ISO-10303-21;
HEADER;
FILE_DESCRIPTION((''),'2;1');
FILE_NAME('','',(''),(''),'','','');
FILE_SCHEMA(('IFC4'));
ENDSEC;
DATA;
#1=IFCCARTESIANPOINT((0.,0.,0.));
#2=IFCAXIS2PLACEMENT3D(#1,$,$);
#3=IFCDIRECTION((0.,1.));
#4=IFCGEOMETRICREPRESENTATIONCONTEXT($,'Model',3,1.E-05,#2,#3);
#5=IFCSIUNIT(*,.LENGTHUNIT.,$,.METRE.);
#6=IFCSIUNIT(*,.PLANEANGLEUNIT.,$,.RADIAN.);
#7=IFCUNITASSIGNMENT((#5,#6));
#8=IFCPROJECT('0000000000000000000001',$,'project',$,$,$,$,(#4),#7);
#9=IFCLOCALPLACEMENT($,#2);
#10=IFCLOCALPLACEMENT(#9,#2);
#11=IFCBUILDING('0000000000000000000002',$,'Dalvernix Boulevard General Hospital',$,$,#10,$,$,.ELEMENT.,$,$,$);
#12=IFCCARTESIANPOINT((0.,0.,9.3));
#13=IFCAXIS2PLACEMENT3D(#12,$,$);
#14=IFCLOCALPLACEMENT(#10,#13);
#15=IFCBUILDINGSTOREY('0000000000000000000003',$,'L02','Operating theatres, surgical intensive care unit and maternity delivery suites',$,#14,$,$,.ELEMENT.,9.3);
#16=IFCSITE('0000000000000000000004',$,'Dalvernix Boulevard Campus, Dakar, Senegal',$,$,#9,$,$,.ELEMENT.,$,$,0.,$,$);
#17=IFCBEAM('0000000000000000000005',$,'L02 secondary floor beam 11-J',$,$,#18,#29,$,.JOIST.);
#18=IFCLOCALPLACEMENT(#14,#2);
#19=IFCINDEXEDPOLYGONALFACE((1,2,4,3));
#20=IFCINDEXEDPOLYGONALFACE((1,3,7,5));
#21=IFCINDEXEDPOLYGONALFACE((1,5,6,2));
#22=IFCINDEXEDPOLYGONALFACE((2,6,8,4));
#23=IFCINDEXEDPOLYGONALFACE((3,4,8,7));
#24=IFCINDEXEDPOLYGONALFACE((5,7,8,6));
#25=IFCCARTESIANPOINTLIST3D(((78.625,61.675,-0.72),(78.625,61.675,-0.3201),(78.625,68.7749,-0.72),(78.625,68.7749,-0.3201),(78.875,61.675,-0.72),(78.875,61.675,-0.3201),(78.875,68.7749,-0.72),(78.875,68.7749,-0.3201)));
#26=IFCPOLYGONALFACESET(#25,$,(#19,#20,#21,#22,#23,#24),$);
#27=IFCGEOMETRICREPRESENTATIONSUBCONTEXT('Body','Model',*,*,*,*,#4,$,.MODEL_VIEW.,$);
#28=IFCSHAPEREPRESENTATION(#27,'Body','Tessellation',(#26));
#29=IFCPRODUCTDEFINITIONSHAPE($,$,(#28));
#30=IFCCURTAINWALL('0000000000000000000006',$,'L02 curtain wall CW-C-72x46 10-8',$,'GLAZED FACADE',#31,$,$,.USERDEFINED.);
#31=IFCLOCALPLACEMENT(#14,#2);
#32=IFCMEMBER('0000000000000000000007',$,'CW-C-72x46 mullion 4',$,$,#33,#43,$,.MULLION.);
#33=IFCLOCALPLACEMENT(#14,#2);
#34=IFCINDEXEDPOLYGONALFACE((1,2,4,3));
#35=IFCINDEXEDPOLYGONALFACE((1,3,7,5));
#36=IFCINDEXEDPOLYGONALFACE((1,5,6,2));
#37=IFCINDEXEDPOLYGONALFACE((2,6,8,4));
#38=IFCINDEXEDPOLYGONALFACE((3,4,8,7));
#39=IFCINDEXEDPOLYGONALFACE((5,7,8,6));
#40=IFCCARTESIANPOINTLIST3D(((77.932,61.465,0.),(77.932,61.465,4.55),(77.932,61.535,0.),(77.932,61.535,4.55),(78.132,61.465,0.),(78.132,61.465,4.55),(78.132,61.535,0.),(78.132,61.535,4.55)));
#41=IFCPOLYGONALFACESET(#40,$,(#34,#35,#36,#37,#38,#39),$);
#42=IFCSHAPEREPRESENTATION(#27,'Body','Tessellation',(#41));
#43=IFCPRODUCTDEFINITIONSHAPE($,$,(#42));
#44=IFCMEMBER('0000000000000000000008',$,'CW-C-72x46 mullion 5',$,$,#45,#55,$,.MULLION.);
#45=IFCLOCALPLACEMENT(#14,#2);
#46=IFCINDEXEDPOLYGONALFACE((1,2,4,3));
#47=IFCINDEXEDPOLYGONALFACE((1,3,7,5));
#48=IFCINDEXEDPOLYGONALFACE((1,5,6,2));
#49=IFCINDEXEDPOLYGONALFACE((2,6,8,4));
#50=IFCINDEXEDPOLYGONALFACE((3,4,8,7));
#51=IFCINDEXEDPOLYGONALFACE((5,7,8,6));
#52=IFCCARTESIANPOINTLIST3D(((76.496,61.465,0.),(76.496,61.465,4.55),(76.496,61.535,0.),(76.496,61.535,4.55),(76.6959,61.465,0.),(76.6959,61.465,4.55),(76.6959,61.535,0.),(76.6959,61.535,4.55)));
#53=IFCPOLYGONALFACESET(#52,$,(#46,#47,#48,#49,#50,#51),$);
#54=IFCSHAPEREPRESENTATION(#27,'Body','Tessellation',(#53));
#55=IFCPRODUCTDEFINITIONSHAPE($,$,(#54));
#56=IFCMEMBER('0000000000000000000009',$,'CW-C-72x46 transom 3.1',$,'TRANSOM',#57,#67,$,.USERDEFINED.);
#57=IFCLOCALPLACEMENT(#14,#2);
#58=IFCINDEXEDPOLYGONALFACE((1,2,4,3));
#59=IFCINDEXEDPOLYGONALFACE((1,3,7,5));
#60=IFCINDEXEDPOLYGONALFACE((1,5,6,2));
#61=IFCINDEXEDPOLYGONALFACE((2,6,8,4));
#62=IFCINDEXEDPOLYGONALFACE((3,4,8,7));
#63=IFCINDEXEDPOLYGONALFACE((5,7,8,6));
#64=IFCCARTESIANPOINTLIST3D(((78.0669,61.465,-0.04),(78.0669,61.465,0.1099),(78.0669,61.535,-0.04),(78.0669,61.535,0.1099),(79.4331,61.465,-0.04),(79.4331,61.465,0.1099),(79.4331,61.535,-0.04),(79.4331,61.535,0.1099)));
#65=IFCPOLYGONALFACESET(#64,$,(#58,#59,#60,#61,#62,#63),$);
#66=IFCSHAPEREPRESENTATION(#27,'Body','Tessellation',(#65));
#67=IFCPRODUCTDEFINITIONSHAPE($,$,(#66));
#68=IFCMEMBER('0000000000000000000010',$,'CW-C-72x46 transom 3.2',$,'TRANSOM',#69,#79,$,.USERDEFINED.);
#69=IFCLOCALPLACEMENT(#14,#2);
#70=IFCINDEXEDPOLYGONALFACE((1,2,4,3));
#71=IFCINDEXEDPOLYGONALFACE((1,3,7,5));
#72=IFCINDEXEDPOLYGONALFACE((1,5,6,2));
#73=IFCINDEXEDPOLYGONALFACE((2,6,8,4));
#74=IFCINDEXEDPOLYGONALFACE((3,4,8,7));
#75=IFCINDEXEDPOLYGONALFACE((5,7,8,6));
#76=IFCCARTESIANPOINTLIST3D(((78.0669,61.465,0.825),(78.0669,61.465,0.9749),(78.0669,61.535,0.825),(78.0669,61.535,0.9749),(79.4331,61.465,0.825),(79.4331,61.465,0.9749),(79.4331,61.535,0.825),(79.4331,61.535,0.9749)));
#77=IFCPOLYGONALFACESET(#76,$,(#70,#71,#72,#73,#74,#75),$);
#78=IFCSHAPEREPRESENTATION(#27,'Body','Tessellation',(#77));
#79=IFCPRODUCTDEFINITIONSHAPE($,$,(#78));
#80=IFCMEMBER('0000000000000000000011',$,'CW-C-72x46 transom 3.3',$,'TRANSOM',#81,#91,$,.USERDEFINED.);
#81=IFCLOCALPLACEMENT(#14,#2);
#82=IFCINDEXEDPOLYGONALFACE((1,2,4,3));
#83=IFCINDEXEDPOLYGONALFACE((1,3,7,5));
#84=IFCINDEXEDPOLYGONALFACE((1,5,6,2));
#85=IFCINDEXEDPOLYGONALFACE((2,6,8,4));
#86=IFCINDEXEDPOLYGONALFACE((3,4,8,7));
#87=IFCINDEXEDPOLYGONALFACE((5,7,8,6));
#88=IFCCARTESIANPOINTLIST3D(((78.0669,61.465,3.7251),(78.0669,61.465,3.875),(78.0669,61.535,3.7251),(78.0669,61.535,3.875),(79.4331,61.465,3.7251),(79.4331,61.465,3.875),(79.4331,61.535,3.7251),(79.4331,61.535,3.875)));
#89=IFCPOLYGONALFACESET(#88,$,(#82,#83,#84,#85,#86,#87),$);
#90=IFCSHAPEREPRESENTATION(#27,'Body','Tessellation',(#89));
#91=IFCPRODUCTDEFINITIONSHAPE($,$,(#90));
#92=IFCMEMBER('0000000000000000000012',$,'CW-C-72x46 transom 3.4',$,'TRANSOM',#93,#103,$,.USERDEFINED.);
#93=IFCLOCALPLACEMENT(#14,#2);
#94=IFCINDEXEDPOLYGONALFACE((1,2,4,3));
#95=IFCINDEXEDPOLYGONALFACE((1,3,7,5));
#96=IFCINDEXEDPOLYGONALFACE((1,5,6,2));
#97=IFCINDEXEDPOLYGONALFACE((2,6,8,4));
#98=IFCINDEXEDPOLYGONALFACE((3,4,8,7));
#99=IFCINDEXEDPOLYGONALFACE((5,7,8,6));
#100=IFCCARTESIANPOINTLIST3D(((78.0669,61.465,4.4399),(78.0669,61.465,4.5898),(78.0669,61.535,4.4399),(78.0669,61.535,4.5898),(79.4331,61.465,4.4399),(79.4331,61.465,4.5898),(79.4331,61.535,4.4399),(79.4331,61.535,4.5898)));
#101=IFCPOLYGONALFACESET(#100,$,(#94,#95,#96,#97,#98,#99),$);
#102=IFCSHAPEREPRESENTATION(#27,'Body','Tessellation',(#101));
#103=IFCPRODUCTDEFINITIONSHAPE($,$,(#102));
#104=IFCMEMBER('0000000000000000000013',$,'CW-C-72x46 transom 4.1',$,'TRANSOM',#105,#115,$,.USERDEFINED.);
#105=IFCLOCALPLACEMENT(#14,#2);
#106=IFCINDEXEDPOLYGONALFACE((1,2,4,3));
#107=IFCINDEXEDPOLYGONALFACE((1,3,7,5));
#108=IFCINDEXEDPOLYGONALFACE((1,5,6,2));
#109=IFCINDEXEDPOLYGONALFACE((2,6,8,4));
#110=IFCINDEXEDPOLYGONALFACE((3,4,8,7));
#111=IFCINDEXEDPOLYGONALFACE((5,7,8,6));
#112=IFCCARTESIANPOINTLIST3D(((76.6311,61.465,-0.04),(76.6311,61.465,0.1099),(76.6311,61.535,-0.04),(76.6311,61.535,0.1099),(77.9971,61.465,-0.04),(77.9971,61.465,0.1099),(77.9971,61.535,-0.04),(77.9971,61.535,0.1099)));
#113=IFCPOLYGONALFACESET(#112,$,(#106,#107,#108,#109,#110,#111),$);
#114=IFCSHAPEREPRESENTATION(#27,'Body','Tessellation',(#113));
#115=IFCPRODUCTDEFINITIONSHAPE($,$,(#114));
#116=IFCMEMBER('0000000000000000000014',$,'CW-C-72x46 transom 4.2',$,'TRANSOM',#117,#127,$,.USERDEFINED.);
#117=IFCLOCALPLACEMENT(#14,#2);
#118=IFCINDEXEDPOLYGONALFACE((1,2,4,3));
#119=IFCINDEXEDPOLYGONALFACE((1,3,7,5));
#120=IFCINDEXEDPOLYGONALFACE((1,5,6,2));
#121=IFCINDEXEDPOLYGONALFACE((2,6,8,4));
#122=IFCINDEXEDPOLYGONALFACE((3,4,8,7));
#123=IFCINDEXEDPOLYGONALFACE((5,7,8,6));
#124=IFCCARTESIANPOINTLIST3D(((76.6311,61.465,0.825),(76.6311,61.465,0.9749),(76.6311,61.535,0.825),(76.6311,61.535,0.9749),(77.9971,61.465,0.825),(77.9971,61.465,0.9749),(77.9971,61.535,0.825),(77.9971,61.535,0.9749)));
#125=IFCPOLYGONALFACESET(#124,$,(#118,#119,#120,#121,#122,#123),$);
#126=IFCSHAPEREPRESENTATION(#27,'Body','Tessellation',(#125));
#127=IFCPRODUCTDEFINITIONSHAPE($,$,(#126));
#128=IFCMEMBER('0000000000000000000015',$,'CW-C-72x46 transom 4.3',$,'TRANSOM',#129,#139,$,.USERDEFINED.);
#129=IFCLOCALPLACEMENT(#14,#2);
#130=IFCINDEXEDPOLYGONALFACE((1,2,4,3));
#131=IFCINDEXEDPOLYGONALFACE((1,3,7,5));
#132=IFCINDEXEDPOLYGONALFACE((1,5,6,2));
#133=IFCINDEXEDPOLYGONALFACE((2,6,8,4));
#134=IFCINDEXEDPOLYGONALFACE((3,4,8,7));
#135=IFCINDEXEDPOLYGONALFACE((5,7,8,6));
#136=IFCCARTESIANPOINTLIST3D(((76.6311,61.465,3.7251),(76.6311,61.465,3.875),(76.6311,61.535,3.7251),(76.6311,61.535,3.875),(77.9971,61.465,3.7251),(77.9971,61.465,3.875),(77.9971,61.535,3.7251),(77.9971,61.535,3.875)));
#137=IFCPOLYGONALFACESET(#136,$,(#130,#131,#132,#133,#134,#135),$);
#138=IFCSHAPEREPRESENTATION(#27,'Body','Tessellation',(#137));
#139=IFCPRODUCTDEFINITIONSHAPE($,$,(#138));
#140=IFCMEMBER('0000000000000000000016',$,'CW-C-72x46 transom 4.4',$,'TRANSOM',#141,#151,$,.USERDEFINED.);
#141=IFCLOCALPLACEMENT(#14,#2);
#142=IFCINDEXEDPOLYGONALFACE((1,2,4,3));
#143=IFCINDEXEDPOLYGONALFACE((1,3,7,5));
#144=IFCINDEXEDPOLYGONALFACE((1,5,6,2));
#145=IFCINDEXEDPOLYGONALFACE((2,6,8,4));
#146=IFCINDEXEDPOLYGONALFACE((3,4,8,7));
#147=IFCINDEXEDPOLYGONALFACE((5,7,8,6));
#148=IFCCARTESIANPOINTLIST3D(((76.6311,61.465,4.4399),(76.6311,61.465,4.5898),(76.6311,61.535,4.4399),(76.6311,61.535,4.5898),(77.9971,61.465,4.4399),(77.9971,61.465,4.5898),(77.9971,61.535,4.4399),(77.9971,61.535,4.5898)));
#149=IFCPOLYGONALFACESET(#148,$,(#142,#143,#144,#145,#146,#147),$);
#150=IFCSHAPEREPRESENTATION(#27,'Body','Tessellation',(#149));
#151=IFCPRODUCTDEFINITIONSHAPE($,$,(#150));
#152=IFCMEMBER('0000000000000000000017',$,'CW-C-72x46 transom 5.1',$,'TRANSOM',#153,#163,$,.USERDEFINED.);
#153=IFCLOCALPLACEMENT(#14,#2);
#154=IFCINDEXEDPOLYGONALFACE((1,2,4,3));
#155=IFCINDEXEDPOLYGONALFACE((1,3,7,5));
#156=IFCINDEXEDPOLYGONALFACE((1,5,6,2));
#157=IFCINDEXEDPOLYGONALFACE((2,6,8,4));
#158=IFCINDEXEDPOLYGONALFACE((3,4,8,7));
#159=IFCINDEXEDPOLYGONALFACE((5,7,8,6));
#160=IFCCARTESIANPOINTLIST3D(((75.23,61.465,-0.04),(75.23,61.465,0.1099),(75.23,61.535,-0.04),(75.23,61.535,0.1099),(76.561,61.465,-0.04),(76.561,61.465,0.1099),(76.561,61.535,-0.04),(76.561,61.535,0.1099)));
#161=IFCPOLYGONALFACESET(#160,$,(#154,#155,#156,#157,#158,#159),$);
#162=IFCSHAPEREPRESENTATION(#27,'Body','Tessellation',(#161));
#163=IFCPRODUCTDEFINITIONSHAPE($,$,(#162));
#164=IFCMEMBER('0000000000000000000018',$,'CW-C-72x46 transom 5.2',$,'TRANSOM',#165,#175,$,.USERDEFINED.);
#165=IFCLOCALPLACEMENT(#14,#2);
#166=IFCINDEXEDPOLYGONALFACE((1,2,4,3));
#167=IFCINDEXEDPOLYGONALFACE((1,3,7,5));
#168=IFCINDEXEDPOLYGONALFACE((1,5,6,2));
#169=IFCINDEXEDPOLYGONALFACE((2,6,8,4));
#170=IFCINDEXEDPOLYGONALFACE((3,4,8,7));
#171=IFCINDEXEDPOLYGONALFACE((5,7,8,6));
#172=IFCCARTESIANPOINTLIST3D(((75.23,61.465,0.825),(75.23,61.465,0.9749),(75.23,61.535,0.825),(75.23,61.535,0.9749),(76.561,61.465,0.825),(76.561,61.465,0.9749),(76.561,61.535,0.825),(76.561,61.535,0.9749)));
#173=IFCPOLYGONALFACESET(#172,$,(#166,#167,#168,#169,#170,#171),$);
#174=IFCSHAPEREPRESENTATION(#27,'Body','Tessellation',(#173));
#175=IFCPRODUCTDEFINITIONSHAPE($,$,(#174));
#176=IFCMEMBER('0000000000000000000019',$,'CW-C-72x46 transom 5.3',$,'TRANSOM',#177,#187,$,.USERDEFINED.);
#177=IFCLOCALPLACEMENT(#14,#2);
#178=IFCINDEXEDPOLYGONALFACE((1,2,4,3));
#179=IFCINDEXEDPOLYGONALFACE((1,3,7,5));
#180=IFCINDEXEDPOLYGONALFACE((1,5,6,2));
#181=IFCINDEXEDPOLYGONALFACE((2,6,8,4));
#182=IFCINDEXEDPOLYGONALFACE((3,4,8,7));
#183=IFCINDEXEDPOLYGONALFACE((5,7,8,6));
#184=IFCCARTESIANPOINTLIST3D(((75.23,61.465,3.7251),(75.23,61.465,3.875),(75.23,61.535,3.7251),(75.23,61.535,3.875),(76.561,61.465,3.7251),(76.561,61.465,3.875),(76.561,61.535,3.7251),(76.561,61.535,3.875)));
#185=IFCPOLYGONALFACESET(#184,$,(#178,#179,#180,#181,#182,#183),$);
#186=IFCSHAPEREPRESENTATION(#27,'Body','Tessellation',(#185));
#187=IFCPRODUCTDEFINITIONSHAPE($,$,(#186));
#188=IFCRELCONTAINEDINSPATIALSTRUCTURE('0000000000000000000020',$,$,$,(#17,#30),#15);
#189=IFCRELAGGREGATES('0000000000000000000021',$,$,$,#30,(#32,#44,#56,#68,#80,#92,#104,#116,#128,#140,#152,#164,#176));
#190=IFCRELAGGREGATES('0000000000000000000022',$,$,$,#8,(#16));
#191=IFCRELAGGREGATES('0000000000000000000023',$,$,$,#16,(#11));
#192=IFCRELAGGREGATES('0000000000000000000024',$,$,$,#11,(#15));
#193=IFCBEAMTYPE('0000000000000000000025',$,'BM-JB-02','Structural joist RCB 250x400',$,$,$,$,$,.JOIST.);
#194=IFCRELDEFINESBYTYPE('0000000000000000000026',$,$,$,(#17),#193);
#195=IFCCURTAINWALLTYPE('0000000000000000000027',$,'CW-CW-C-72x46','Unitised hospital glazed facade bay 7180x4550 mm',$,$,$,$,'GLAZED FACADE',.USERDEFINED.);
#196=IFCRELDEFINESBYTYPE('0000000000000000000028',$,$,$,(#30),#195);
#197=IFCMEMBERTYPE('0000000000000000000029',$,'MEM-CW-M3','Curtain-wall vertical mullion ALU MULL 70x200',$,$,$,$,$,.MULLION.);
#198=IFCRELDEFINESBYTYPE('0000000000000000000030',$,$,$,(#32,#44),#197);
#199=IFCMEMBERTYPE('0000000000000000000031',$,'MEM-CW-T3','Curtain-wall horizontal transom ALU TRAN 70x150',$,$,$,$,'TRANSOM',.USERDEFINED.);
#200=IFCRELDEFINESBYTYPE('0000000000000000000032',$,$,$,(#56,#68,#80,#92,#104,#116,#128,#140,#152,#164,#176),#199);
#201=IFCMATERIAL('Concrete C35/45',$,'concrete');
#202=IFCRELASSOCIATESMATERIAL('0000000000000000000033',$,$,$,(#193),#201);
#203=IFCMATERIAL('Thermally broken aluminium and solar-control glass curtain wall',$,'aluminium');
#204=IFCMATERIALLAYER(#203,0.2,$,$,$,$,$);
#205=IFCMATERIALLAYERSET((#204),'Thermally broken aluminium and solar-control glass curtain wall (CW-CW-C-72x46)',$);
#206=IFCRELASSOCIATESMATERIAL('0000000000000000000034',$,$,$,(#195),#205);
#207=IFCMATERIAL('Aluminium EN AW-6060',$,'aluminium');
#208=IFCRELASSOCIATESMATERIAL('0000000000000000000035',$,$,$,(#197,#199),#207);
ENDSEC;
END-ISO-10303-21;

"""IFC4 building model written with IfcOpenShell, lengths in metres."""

from ifc_helpers import new_model, si_unit, direction, frame, origin, origin_2d, place, context, subcontext, project, spatial, rectangle, extrude, material, layer, layer_set, material_profile, profile_set, type_object, element, aggregate, save


model = new_model("IFC4")

# Units and contexts
model_context = context("Model", 3, precision=1e-05, world=origin(), true_north=direction((0.0, 1.0)))
body_context = subcontext(model_context, "Body", "Model", "MODEL_VIEW")
ifc_project = project(units=[si_unit("LENGTHUNIT", "METRE"), si_unit("PLANEANGLEUNIT", "RADIAN")], contexts=[model_context])

# Site, building, storey
site_placement = place(None, origin())
site = spatial("IfcSite", under=ifc_project, at=site_placement, Name="Dalvernix Boulevard Campus, Dakar, Senegal", CompositionType="ELEMENT", RefElevation=0.0)
building_placement = place(site_placement, origin())
building = spatial("IfcBuilding", under=site, at=building_placement, Name="Dalvernix Boulevard General Hospital", CompositionType="ELEMENT")
storey_placement = place(building_placement, frame((0.0, 0.0, 9.3)))
storey = spatial("IfcBuildingStorey", under=building, at=storey_placement, Name="L02", Description="Operating theatres, surgical intensive care unit and maternity delivery suites", CompositionType="ELEMENT", Elevation=9.3)

# Beam
ifc_material_1 = material(Name="Concrete C35/45", Category="concrete")
ifc_material_profile_1 = material_profile(ifc_material_1, rectangle(XDim=0.25, YDim=0.3999, at=origin_2d()), Name="RCB 250x400")
ifc_profile_set_1 = profile_set([ifc_material_profile_1], Name="Concrete C35/45")
beam_type = type_object("IfcBeamType", Name="BM-JB-02", Description="Structural joist RCB 250x400", PredefinedType="JOIST", material=ifc_profile_set_1)
beam_placement = place(storey_placement, frame((78.75, 61.675, -0.52), z_axis=(0.0, 1.0, 0.0), x_axis=(-1.0, 0.0, 0.0)))
element("IfcBeam", 1, at=beam_placement, inside=storey, type_object=beam_type, Name="L02 secondary floor beam 11-J", PredefinedType="JOIST", context=body_context, shape_type="SweptSolid", body=[
    extrude(rectangle(XDim=0.25, YDim=0.3999, at=origin_2d()), origin(), (0.0, 0.0, 1.0), 7.0999),
])

# Curtain wall, members
ifc_material_2 = material(Name="Thermally broken aluminium and solar-control glass curtain wall", Category="aluminium")
ifc_layer_1 = layer(ifc_material_2, 0.2)
ifc_layer_set_1 = layer_set([ifc_layer_1], Name="Thermally broken aluminium and solar-control glass curtain wall (CW-CW-C-72x46)")
curtain_wall_type = type_object("IfcCurtainWallType", Name="CW-CW-C-72x46", Description="Unitised hospital glazed facade bay 7180x4550 mm", ElementType="GLAZED FACADE", PredefinedType="USERDEFINED", material=ifc_layer_set_1)
curtain_wall_placement = place(storey_placement, origin())
curtain_wall = element("IfcCurtainWall", 2, at=curtain_wall_placement, inside=storey, type_object=curtain_wall_type, Name="L02 curtain wall CW-C-72x46 10-8", ObjectType="GLAZED FACADE", PredefinedType="USERDEFINED")
ifc_material_3 = material(Name="Aluminium EN AW-6060", Category="aluminium")
ifc_material_profile_2 = material_profile(ifc_material_3, rectangle(XDim=0.0701, YDim=0.2, at=origin_2d()), Name="ALU MULL 70x200")
ifc_profile_set_2 = profile_set([ifc_material_profile_2], Name="Aluminium EN AW-6060")
member_type_1 = type_object("IfcMemberType", Name="MEM-CW-M3", Description="Curtain-wall vertical mullion ALU MULL 70x200", PredefinedType="MULLION", material=ifc_profile_set_2)
member_1_placement = place(storey_placement, frame((78.032, 61.5, 0.0), z_axis=(0.0, 0.0, 1.0), x_axis=(0.0, -1.0, 0.0)))
member_1 = element("IfcMember", 3, at=member_1_placement, type_object=member_type_1, Name="CW-C-72x46 mullion 4", PredefinedType="MULLION", context=body_context, shape_type="SweptSolid", body=[
    extrude(rectangle(XDim=0.0701, YDim=0.2, at=origin_2d()), origin(), (0.0, 0.0, 1.0), 4.55),
])
member_2_placement = place(storey_placement, frame((76.5959, 61.5, 0.0), z_axis=(0.0, 0.0, 1.0), x_axis=(0.0, -1.0, 0.0)))
member_2 = element("IfcMember", 4, at=member_2_placement, type_object=member_type_1, Name="CW-C-72x46 mullion 5", PredefinedType="MULLION", context=body_context, shape_type="SweptSolid", body=[
    extrude(rectangle(XDim=0.0701, YDim=0.2, at=origin_2d()), origin(), (0.0, 0.0, 1.0), 4.55),
])
ifc_material_profile_3 = material_profile(ifc_material_3, rectangle(XDim=0.0701, YDim=0.1499, at=origin_2d()), Name="ALU TRAN 70x150")
ifc_profile_set_3 = profile_set([ifc_material_profile_3], Name="Aluminium EN AW-6060")
member_type_2 = type_object("IfcMemberType", Name="MEM-CW-T3", Description="Curtain-wall horizontal transom ALU TRAN 70x150", ElementType="TRANSOM", PredefinedType="USERDEFINED", material=ifc_profile_set_3)
member_3_placement = place(storey_placement, frame((79.4331, 61.5, 0.0349), z_axis=(-1.0, 0.0, 0.0), x_axis=(0.0, -1.0, 0.0)))
member_3 = element("IfcMember", 5, at=member_3_placement, type_object=member_type_2, Name="CW-C-72x46 transom 3.1", ObjectType="TRANSOM", PredefinedType="USERDEFINED", context=body_context, shape_type="SweptSolid", body=[
    extrude(rectangle(XDim=0.0701, YDim=0.1499, at=origin_2d()), origin(), (0.0, 0.0, 1.0), 1.3662),
])
member_4_placement = place(storey_placement, frame((79.4331, 61.5, 0.8999), z_axis=(-1.0, 0.0, 0.0), x_axis=(0.0, -1.0, 0.0)))
member_4 = element("IfcMember", 6, at=member_4_placement, type_object=member_type_2, Name="CW-C-72x46 transom 3.2", ObjectType="TRANSOM", PredefinedType="USERDEFINED", context=body_context, shape_type="SweptSolid", body=[
    extrude(rectangle(XDim=0.0701, YDim=0.1499, at=origin_2d()), origin(), (0.0, 0.0, 1.0), 1.3662),
])
member_5_placement = place(storey_placement, frame((79.4331, 61.5, 3.8), z_axis=(-1.0, 0.0, 0.0), x_axis=(0.0, -1.0, 0.0)))
member_5 = element("IfcMember", 7, at=member_5_placement, type_object=member_type_2, Name="CW-C-72x46 transom 3.3", ObjectType="TRANSOM", PredefinedType="USERDEFINED", context=body_context, shape_type="SweptSolid", body=[
    extrude(rectangle(XDim=0.0701, YDim=0.1499, at=origin_2d()), origin(), (0.0, 0.0, 1.0), 1.3662),
])
member_6_placement = place(storey_placement, frame((79.4331, 61.5, 4.5149), z_axis=(-1.0, 0.0, 0.0), x_axis=(0.0, -1.0, 0.0)))
member_6 = element("IfcMember", 8, at=member_6_placement, type_object=member_type_2, Name="CW-C-72x46 transom 3.4", ObjectType="TRANSOM", PredefinedType="USERDEFINED", context=body_context, shape_type="SweptSolid", body=[
    extrude(rectangle(XDim=0.0701, YDim=0.1499, at=origin_2d()), origin(), (0.0, 0.0, 1.0), 1.3662),
])
member_7_placement = place(storey_placement, frame((77.9971, 61.5, 0.0349), z_axis=(-1.0, 0.0, 0.0), x_axis=(0.0, -1.0, 0.0)))
member_7 = element("IfcMember", 9, at=member_7_placement, type_object=member_type_2, Name="CW-C-72x46 transom 4.1", ObjectType="TRANSOM", PredefinedType="USERDEFINED", context=body_context, shape_type="SweptSolid", body=[
    extrude(rectangle(XDim=0.0701, YDim=0.1499, at=origin_2d()), origin(), (0.0, 0.0, 1.0), 1.366),
])
member_8_placement = place(storey_placement, frame((77.9971, 61.5, 0.8999), z_axis=(-1.0, 0.0, 0.0), x_axis=(0.0, -1.0, 0.0)))
member_8 = element("IfcMember", 10, at=member_8_placement, type_object=member_type_2, Name="CW-C-72x46 transom 4.2", ObjectType="TRANSOM", PredefinedType="USERDEFINED", context=body_context, shape_type="SweptSolid", body=[
    extrude(rectangle(XDim=0.0701, YDim=0.1499, at=origin_2d()), origin(), (0.0, 0.0, 1.0), 1.366),
])
member_9_placement = place(storey_placement, frame((77.9971, 61.5, 3.8), z_axis=(-1.0, 0.0, 0.0), x_axis=(0.0, -1.0, 0.0)))
member_9 = element("IfcMember", 11, at=member_9_placement, type_object=member_type_2, Name="CW-C-72x46 transom 4.3", ObjectType="TRANSOM", PredefinedType="USERDEFINED", context=body_context, shape_type="SweptSolid", body=[
    extrude(rectangle(XDim=0.0701, YDim=0.1499, at=origin_2d()), origin(), (0.0, 0.0, 1.0), 1.366),
])
member_10_placement = place(storey_placement, frame((77.9971, 61.5, 4.5149), z_axis=(-1.0, 0.0, 0.0), x_axis=(0.0, -1.0, 0.0)))
member_10 = element("IfcMember", 12, at=member_10_placement, type_object=member_type_2, Name="CW-C-72x46 transom 4.4", ObjectType="TRANSOM", PredefinedType="USERDEFINED", context=body_context, shape_type="SweptSolid", body=[
    extrude(rectangle(XDim=0.0701, YDim=0.1499, at=origin_2d()), origin(), (0.0, 0.0, 1.0), 1.366),
])
member_11_placement = place(storey_placement, frame((76.561, 61.5, 0.0349), z_axis=(-1.0, 0.0, 0.0), x_axis=(0.0, -1.0, 0.0)))
member_11 = element("IfcMember", 13, at=member_11_placement, type_object=member_type_2, Name="CW-C-72x46 transom 5.1", ObjectType="TRANSOM", PredefinedType="USERDEFINED", context=body_context, shape_type="SweptSolid", body=[
    extrude(rectangle(XDim=0.0701, YDim=0.1499, at=origin_2d()), origin(), (0.0, 0.0, 1.0), 1.3311),
])
member_12_placement = place(storey_placement, frame((76.561, 61.5, 0.8999), z_axis=(-1.0, 0.0, 0.0), x_axis=(0.0, -1.0, 0.0)))
member_12 = element("IfcMember", 14, at=member_12_placement, type_object=member_type_2, Name="CW-C-72x46 transom 5.2", ObjectType="TRANSOM", PredefinedType="USERDEFINED", context=body_context, shape_type="SweptSolid", body=[
    extrude(rectangle(XDim=0.0701, YDim=0.1499, at=origin_2d()), origin(), (0.0, 0.0, 1.0), 1.3311),
])
member_13_placement = place(storey_placement, frame((76.561, 61.5, 3.8), z_axis=(-1.0, 0.0, 0.0), x_axis=(0.0, -1.0, 0.0)))
member_13 = element("IfcMember", 15, at=member_13_placement, type_object=member_type_2, Name="CW-C-72x46 transom 5.3", ObjectType="TRANSOM", PredefinedType="USERDEFINED", context=body_context, shape_type="SweptSolid", body=[
    extrude(rectangle(XDim=0.0701, YDim=0.1499, at=origin_2d()), origin(), (0.0, 0.0, 1.0), 1.3311),
])

aggregate(curtain_wall, [member_1, member_2, member_3, member_4, member_5, member_6, member_7, member_8, member_9, member_10, member_11, member_12, member_13])

save(model, "model.ifc")
